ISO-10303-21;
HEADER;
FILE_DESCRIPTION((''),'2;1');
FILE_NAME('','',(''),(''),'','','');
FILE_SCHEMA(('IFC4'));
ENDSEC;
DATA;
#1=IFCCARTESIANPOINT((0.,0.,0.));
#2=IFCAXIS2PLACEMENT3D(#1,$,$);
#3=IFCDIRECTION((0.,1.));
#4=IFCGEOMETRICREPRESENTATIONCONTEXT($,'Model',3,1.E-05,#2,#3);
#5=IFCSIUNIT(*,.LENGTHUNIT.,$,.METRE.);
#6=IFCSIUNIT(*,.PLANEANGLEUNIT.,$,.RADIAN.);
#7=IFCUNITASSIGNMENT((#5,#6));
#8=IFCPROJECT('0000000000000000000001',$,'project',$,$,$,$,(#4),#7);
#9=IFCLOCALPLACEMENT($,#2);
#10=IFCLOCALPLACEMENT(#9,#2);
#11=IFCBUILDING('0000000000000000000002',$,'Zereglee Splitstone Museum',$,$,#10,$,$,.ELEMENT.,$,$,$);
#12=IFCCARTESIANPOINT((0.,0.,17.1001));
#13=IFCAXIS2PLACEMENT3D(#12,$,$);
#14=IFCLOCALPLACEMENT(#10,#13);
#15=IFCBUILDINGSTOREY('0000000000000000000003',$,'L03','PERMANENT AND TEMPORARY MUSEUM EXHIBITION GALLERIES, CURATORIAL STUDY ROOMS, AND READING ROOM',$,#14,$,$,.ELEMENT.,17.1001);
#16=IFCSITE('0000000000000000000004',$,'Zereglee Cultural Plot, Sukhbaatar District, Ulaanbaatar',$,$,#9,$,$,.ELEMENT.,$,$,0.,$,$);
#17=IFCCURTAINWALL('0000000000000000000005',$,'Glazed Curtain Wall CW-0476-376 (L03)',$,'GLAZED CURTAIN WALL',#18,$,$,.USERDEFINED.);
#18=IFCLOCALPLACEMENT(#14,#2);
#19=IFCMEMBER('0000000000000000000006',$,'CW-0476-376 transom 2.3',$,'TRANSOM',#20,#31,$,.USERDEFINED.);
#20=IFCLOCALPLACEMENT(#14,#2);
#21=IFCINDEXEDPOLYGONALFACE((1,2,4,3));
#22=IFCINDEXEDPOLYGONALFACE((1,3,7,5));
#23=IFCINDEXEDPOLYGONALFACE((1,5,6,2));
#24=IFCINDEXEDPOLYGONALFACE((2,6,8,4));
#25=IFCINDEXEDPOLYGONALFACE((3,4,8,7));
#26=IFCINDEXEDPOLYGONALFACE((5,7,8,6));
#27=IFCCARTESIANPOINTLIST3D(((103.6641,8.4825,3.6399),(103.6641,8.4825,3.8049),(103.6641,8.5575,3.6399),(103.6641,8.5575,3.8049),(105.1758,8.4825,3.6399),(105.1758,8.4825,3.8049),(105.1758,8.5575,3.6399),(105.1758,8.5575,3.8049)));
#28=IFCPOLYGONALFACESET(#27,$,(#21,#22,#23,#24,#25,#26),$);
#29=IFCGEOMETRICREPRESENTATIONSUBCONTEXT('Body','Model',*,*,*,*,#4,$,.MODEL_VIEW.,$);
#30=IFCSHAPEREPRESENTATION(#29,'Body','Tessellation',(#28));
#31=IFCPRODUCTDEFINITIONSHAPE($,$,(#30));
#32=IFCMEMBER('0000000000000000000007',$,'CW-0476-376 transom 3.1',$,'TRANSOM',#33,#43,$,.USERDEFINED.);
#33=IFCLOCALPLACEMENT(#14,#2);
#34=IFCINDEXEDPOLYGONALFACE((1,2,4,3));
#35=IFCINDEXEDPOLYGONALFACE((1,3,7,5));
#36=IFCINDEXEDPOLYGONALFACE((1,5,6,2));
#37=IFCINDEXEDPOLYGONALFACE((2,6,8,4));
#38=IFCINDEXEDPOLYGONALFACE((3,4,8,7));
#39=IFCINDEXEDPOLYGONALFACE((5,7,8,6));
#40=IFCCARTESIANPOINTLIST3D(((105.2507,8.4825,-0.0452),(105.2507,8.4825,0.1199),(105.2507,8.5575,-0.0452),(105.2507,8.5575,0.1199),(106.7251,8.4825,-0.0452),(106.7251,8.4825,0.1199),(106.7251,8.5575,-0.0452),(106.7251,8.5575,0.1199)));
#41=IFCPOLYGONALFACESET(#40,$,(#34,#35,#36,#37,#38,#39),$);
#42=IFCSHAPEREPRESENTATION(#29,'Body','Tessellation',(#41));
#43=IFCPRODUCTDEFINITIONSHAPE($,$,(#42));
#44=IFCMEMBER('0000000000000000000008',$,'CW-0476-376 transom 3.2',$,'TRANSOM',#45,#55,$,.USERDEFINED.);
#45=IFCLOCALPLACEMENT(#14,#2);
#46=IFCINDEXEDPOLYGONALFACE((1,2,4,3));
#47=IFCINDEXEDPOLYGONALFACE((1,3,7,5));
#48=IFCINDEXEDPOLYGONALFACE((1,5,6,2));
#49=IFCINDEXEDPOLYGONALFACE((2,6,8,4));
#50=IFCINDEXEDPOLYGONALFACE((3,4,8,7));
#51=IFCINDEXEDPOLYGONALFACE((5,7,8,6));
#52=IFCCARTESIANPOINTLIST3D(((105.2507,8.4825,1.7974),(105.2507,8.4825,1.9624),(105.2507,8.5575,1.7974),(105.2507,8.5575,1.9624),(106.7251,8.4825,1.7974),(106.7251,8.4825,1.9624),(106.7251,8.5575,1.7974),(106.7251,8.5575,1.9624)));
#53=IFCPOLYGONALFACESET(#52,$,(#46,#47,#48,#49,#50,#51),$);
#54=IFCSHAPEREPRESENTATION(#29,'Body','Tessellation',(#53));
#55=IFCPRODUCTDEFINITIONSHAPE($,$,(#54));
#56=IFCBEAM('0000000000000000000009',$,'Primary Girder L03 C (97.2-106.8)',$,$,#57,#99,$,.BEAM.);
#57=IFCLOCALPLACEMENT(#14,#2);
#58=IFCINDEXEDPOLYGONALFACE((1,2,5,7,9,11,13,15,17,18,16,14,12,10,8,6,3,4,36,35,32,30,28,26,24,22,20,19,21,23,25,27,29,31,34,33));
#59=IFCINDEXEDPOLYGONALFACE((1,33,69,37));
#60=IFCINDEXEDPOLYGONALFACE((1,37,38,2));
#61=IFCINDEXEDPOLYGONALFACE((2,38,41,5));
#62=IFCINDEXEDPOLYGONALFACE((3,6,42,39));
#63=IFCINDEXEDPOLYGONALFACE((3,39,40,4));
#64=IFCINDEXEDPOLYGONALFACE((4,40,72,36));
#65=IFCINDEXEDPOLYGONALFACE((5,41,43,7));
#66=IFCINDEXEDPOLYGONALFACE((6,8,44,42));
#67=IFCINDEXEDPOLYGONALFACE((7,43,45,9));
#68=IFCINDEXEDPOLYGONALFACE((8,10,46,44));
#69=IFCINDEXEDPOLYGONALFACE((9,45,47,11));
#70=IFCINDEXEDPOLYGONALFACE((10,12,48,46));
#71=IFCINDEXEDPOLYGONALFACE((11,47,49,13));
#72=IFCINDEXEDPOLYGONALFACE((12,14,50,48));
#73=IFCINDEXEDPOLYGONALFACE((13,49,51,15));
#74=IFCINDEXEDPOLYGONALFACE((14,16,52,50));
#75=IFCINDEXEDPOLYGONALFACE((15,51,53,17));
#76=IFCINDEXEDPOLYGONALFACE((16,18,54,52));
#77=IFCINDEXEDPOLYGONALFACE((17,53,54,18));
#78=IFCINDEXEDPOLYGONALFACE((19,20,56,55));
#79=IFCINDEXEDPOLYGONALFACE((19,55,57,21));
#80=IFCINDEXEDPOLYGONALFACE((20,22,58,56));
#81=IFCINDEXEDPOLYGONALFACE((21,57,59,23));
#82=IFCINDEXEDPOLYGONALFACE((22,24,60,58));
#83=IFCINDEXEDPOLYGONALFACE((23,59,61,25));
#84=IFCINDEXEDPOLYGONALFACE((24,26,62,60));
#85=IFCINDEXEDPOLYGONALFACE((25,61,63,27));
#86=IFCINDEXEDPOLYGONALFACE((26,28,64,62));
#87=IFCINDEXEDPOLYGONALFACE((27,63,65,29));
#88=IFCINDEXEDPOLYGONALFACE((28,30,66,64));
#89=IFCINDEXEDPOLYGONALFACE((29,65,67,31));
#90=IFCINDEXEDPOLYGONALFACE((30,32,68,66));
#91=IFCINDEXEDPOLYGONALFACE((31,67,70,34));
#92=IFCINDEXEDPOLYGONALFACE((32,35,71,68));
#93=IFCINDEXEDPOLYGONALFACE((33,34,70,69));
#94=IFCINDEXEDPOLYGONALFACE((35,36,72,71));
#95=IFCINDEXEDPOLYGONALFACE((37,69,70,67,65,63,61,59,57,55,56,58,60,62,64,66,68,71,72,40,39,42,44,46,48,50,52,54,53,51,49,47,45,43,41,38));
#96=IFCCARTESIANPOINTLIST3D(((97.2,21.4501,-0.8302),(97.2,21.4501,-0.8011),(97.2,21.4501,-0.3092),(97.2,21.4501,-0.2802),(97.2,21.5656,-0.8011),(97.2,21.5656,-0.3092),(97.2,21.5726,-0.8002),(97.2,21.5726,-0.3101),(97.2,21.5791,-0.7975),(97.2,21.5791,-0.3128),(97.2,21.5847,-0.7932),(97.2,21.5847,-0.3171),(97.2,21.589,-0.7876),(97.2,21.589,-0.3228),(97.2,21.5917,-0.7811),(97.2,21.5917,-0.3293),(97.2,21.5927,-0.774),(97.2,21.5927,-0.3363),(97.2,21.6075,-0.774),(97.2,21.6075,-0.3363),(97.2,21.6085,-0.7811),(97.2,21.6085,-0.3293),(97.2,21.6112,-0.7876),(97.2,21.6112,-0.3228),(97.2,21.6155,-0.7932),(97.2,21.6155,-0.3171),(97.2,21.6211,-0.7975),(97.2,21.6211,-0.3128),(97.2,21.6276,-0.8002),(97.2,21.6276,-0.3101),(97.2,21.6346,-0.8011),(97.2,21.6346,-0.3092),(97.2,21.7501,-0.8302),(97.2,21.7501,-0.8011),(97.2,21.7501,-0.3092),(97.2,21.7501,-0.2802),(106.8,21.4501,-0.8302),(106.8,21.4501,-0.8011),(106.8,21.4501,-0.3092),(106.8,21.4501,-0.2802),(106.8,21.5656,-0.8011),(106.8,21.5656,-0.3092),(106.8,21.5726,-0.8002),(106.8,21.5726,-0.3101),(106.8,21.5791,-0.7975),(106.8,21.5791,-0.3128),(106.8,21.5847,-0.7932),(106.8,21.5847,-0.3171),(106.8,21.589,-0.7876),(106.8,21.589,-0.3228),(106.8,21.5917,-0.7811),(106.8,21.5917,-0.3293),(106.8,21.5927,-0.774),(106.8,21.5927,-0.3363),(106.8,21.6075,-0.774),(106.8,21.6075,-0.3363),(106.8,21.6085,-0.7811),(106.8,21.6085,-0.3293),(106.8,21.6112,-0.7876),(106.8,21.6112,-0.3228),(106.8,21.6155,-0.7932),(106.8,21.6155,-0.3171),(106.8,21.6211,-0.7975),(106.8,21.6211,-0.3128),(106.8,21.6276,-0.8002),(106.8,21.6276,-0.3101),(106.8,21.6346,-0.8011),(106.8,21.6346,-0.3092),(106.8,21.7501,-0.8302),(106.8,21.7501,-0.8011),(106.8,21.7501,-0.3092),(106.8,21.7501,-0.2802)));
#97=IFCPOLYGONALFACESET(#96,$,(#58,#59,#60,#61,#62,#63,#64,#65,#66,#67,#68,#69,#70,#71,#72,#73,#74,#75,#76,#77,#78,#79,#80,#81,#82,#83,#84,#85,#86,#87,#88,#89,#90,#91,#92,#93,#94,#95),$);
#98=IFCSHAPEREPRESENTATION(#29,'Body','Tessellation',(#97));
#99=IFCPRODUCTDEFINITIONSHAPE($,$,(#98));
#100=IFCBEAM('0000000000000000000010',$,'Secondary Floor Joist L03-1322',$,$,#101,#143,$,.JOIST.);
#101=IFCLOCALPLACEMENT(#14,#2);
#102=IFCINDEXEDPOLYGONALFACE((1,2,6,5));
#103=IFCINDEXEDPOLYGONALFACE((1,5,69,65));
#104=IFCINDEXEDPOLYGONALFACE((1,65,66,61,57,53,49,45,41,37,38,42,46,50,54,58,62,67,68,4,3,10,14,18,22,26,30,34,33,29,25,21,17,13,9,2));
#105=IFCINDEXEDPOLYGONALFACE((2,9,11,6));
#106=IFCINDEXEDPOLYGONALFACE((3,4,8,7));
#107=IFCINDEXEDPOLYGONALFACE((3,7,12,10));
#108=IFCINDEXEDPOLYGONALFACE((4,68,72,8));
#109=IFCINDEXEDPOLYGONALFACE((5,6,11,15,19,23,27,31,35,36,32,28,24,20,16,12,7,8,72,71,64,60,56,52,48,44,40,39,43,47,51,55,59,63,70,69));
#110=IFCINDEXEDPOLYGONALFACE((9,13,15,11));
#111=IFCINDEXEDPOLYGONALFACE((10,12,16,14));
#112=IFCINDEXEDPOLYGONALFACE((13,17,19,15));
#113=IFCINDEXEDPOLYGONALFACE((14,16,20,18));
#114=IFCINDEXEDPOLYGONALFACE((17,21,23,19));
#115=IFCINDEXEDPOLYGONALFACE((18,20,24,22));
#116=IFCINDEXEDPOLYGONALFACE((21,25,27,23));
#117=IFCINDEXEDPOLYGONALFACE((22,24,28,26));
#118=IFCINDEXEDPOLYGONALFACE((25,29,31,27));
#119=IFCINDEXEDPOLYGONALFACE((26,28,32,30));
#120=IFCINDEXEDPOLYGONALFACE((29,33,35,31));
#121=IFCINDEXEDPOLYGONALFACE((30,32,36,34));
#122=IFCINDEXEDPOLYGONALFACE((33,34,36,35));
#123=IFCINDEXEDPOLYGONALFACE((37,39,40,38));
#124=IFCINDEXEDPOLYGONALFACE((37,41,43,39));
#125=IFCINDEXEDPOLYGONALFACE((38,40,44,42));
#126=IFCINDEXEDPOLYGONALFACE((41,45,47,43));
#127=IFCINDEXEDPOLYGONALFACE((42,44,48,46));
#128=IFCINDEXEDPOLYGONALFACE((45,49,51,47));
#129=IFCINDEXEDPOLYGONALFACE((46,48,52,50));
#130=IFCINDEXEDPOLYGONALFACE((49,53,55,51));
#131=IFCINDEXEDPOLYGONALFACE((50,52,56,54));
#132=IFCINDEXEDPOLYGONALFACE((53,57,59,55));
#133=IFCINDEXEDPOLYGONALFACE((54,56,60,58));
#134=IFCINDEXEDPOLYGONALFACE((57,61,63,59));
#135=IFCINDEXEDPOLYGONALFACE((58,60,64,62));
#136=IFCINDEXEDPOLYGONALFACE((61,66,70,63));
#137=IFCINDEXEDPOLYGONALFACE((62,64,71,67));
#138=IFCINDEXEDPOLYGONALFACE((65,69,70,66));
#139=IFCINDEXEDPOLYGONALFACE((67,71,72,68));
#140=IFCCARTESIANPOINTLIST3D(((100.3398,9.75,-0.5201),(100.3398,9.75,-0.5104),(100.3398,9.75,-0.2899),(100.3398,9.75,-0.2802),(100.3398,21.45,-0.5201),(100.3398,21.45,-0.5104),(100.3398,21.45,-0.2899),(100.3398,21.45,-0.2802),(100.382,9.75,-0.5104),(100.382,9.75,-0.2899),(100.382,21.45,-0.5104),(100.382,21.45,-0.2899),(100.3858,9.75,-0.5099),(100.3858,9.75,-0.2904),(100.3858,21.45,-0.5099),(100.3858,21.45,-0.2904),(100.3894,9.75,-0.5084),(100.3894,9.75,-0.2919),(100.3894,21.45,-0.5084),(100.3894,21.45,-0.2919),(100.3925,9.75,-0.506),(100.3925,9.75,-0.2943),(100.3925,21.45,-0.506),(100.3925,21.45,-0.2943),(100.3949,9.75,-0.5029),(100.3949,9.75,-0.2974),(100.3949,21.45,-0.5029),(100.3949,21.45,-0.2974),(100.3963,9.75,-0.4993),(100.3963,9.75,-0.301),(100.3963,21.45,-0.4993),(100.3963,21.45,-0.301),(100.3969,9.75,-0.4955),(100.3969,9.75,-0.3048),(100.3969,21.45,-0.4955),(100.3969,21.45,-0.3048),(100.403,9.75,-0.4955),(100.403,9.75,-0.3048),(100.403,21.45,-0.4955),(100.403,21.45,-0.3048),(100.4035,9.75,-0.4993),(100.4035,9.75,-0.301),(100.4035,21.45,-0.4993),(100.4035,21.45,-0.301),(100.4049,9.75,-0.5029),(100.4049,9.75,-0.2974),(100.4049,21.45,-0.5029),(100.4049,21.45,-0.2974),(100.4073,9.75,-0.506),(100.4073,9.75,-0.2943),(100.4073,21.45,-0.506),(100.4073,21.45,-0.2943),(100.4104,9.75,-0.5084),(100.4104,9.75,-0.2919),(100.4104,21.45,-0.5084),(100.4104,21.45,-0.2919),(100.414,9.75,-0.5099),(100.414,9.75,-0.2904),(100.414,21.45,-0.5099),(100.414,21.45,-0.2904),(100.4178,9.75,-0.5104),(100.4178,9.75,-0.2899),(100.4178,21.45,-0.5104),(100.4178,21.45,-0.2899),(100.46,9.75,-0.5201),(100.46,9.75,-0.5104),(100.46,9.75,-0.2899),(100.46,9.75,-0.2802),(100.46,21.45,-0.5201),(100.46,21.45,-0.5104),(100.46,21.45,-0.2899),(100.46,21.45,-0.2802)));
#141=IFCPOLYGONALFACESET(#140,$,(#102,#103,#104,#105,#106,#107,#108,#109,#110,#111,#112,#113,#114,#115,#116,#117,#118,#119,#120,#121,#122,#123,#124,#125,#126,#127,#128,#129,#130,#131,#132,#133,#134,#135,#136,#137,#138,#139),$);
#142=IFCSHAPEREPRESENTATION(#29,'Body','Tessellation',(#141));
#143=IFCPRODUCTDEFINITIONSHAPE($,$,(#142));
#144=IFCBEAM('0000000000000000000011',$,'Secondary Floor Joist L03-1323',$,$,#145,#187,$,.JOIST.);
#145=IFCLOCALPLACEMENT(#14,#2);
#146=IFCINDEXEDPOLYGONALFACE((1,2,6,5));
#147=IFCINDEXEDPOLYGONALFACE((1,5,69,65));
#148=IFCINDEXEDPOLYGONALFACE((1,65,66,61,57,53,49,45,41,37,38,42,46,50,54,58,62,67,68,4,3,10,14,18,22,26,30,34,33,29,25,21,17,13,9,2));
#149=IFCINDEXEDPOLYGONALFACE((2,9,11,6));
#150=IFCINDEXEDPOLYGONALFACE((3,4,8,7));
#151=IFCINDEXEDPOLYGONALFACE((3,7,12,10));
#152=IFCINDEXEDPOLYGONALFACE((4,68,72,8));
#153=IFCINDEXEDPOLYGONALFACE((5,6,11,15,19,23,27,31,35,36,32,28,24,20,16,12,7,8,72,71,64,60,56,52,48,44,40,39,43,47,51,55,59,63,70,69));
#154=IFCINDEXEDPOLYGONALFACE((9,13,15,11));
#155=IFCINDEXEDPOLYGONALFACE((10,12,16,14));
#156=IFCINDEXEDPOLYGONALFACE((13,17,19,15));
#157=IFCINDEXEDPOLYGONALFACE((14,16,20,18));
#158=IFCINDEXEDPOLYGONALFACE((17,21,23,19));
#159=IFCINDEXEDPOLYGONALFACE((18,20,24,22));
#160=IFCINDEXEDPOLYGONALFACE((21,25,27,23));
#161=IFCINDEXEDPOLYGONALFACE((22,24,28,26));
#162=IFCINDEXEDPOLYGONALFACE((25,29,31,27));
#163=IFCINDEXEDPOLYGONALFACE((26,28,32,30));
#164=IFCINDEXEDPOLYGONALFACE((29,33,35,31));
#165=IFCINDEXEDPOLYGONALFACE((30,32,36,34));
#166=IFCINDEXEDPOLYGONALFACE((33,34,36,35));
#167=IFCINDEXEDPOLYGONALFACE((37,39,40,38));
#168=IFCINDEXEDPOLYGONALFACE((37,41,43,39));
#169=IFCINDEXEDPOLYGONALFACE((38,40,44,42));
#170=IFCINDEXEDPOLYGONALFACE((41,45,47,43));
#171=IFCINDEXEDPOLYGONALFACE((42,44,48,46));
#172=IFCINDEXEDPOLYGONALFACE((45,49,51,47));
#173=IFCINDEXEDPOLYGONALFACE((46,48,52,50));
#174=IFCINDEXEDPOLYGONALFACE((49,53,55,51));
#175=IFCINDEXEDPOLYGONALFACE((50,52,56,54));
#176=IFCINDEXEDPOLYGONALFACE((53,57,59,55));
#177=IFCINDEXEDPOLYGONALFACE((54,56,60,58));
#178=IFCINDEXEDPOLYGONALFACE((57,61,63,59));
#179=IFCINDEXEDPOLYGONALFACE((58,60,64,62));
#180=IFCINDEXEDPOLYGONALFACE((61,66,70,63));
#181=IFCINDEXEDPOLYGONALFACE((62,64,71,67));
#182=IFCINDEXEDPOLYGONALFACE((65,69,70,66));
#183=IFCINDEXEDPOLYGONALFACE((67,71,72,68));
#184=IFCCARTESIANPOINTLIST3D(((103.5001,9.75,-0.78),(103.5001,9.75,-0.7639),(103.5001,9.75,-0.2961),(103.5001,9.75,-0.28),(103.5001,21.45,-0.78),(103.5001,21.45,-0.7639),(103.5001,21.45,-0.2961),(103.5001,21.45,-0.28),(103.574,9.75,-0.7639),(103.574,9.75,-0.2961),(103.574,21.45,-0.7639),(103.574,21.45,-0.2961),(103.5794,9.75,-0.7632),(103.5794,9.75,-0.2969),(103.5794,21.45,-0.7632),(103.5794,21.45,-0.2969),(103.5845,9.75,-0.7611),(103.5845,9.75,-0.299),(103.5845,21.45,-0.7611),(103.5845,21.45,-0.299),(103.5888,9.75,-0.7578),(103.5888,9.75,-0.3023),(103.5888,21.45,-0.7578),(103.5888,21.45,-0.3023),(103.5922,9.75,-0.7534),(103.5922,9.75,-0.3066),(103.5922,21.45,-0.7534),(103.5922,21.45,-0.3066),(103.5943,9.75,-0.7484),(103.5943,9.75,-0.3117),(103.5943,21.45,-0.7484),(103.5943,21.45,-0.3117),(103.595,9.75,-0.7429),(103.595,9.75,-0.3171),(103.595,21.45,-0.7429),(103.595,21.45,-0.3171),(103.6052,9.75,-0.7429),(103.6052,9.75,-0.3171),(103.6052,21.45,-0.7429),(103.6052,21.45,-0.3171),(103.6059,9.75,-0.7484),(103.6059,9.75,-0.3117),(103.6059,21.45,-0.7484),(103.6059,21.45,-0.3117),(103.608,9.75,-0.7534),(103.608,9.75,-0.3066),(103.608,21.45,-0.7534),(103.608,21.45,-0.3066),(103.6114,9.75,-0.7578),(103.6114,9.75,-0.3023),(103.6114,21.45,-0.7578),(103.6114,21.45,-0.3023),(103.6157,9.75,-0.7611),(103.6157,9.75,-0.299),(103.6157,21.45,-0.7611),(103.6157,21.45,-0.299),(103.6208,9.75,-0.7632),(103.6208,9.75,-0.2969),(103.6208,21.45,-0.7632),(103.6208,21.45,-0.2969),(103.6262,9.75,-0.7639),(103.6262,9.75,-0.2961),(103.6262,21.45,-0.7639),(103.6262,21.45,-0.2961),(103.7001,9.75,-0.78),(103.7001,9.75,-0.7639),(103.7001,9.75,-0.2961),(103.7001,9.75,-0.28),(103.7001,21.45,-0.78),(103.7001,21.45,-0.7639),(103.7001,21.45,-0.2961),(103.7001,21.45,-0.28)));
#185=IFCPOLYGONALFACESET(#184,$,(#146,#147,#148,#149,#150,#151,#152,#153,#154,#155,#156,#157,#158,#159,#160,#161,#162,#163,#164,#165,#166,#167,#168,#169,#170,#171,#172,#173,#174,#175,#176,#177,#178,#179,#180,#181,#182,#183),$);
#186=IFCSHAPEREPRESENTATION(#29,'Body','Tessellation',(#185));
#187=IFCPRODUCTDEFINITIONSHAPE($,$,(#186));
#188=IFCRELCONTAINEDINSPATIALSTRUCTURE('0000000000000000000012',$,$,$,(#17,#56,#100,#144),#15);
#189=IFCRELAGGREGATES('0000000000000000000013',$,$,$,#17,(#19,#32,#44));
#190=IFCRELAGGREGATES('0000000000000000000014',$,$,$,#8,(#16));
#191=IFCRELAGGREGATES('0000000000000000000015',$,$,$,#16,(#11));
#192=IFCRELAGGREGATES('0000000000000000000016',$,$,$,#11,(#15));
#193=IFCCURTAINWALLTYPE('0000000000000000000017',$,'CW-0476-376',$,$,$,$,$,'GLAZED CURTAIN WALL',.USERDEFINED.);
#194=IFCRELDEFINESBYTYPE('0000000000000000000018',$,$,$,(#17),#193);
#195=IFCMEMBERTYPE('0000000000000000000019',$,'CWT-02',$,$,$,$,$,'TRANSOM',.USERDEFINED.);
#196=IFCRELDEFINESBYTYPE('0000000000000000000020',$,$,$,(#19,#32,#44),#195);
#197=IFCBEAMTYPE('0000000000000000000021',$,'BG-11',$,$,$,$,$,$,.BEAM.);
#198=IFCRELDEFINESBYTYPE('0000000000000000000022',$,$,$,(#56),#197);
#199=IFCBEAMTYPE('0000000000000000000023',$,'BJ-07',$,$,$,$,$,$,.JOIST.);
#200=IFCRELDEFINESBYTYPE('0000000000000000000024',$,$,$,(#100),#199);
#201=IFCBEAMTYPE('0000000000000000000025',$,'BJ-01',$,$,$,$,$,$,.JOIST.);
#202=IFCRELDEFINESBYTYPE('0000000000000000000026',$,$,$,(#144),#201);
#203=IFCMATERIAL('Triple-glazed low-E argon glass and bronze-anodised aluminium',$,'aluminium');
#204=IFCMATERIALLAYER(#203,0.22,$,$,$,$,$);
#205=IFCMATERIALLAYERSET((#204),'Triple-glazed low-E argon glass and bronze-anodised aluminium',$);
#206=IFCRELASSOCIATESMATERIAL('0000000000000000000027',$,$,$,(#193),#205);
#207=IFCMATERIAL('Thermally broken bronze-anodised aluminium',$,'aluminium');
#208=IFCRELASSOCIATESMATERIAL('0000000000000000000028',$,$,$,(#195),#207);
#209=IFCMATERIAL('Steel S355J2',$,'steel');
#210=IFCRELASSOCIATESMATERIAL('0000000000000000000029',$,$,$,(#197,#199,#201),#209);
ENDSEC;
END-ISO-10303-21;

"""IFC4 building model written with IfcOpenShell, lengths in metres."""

from ifc_helpers import new_model, si_unit, direction, frame, origin, origin_2d, place, context, subcontext, project, spatial, rectangle, i_section, extrude, material, layer, layer_set, material_profile, profile_set, type_object, element, aggregate, save


model = new_model("IFC4")

# Units and contexts
model_context = context("Model", 3, precision=1e-05, world=origin(), true_north=direction((0.0, 1.0)))
body_context = subcontext(model_context, "Body", "Model", "MODEL_VIEW")
ifc_project = project(units=[si_unit("LENGTHUNIT", "METRE"), si_unit("PLANEANGLEUNIT", "RADIAN")], contexts=[model_context])

# Site, building, storey
site_placement = place(None, origin())
site = spatial("IfcSite", under=ifc_project, at=site_placement, Name="Zereglee Cultural Plot, Sukhbaatar District, Ulaanbaatar", CompositionType="ELEMENT", RefElevation=0.0)
building_placement = place(site_placement, origin())
building = spatial("IfcBuilding", under=site, at=building_placement, Name="Zereglee Splitstone Museum", CompositionType="ELEMENT")
storey_placement = place(building_placement, frame((0.0, 0.0, 17.1001)))
storey = spatial("IfcBuildingStorey", under=building, at=storey_placement, Name="L03", Description="PERMANENT AND TEMPORARY MUSEUM EXHIBITION GALLERIES, CURATORIAL STUDY ROOMS, AND READING ROOM", CompositionType="ELEMENT", Elevation=17.1001)

# Shared definitions
ifc_material_1 = material(Name="Steel S355J2", Category="steel")

# Curtain wall, members
ifc_material_2 = material(Name="Triple-glazed low-E argon glass and bronze-anodised aluminium", Category="aluminium")
ifc_layer_1 = layer(ifc_material_2, 0.22)
ifc_layer_set_1 = layer_set([ifc_layer_1], Name="Triple-glazed low-E argon glass and bronze-anodised aluminium")
curtain_wall_type = type_object("IfcCurtainWallType", Name="CW-0476-376", ElementType="GLAZED CURTAIN WALL", PredefinedType="USERDEFINED", material=ifc_layer_set_1)
curtain_wall_placement = place(storey_placement, origin())
curtain_wall = element("IfcCurtainWall", 1, at=curtain_wall_placement, inside=storey, type_object=curtain_wall_type, Name="Glazed Curtain Wall CW-0476-376 (L03)", ObjectType="GLAZED CURTAIN WALL", PredefinedType="USERDEFINED")
ifc_material_3 = material(Name="Thermally broken bronze-anodised aluminium", Category="aluminium")
ifc_material_profile_1 = material_profile(ifc_material_3, rectangle(XDim=0.075, YDim=0.165, at=origin_2d()), Name="CW TRAN 75x165")
ifc_profile_set_1 = profile_set([ifc_material_profile_1], Name="Thermally broken bronze-anodised aluminium")
member_type_1 = type_object("IfcMemberType", Name="CWT-02", ElementType="TRANSOM", PredefinedType="USERDEFINED", material=ifc_profile_set_1)
member_1_placement = place(storey_placement, frame((103.6641, 8.52, 3.7224), z_axis=(1.0, 0.0, 0.0), x_axis=(0.0, 1.0, 0.0)))
member_1 = element("IfcMember", 2, at=member_1_placement, type_object=member_type_1, Name="CW-0476-376 transom 2.3", ObjectType="TRANSOM", PredefinedType="USERDEFINED", context=body_context, shape_type="SweptSolid", body=[
    extrude(rectangle(XDim=0.075, YDim=0.165, at=origin_2d()), origin(), (0.0, 0.0, 1.0), 1.5117),
])
member_2_placement = place(storey_placement, frame((105.2507, 8.52, 0.0374), z_axis=(1.0, 0.0, 0.0), x_axis=(0.0, 1.0, 0.0)))
member_2 = element("IfcMember", 3, at=member_2_placement, type_object=member_type_1, Name="CW-0476-376 transom 3.1", ObjectType="TRANSOM", PredefinedType="USERDEFINED", context=body_context, shape_type="SweptSolid", body=[
    extrude(rectangle(XDim=0.075, YDim=0.165, at=origin_2d()), origin(), (0.0, 0.0, 1.0), 1.4744),
])
member_3_placement = place(storey_placement, frame((105.2507, 8.52, 1.8799), z_axis=(1.0, 0.0, 0.0), x_axis=(0.0, 1.0, 0.0)))
member_3 = element("IfcMember", 4, at=member_3_placement, type_object=member_type_1, Name="CW-0476-376 transom 3.2", ObjectType="TRANSOM", PredefinedType="USERDEFINED", context=body_context, shape_type="SweptSolid", body=[
    extrude(rectangle(XDim=0.075, YDim=0.165, at=origin_2d()), origin(), (0.0, 0.0, 1.0), 1.4744),
])

# Beams
ifc_material_profile_2 = material_profile(ifc_material_1, i_section(OverallWidth=0.3, OverallDepth=0.55, WebThickness=0.0149, FlangeThickness=0.0291, FilletRadius=0.0271, at=origin_2d()), Name="HE 550 B")
ifc_profile_set_2 = profile_set([ifc_material_profile_2], Name="Steel S355J2")
beam_type_1 = type_object("IfcBeamType", Name="BG-11", PredefinedType="BEAM", material=ifc_profile_set_2)
beam_1_placement = place(storey_placement, frame((97.2, 21.6001, -0.5552), z_axis=(1.0, 0.0, 0.0), x_axis=(0.0, 1.0, 0.0)))
element("IfcBeam", 5, at=beam_1_placement, inside=storey, type_object=beam_type_1, Name="Primary Girder L03 C (97.2-106.8)", PredefinedType="BEAM", context=body_context, shape_type="SweptSolid", body=[
    extrude(i_section(OverallWidth=0.3, OverallDepth=0.55, WebThickness=0.0149, FlangeThickness=0.0291, FilletRadius=0.0271, at=origin_2d()), origin(), (0.0, 0.0, 1.0), 9.6001),
])
ifc_material_profile_3 = material_profile(ifc_material_1, i_section(OverallWidth=0.1201, OverallDepth=0.24, WebThickness=0.0061, FlangeThickness=0.0098, FilletRadius=0.0149, at=origin_2d()), Name="IPE 240")
ifc_profile_set_3 = profile_set([ifc_material_profile_3], Name="Steel S355J2")
beam_type_2 = type_object("IfcBeamType", Name="BJ-07", PredefinedType="JOIST", material=ifc_profile_set_3)
beam_2_placement = place(storey_placement, frame((100.3999, 9.75, -0.4001), z_axis=(0.0, 1.0, 0.0), x_axis=(-1.0, 0.0, 0.0)))
element("IfcBeam", 6, at=beam_2_placement, inside=storey, type_object=beam_type_2, Name="Secondary Floor Joist L03-1322", PredefinedType="JOIST", context=body_context, shape_type="SweptSolid", body=[
    extrude(i_section(OverallWidth=0.1201, OverallDepth=0.24, WebThickness=0.0061, FlangeThickness=0.0098, FilletRadius=0.0149, at=origin_2d()), origin(), (0.0, 0.0, 1.0), 11.7),
])
ifc_material_profile_4 = material_profile(ifc_material_1, i_section(OverallWidth=0.2, OverallDepth=0.5, WebThickness=0.0103, FlangeThickness=0.0161, FilletRadius=0.021, at=origin_2d()), Name="IPE 500")
ifc_profile_set_4 = profile_set([ifc_material_profile_4], Name="Steel S355J2")
beam_type_3 = type_object("IfcBeamType", Name="BJ-01", PredefinedType="JOIST", material=ifc_profile_set_4)
beam_3_placement = place(storey_placement, frame((103.6001, 9.75, -0.53), z_axis=(0.0, 1.0, 0.0), x_axis=(-1.0, 0.0, 0.0)))
element("IfcBeam", 7, at=beam_3_placement, inside=storey, type_object=beam_type_3, Name="Secondary Floor Joist L03-1323", PredefinedType="JOIST", context=body_context, shape_type="SweptSolid", body=[
    extrude(i_section(OverallWidth=0.2, OverallDepth=0.5, WebThickness=0.0103, FlangeThickness=0.0161, FilletRadius=0.021, at=origin_2d()), origin(), (0.0, 0.0, 1.0), 11.7),
])

aggregate(curtain_wall, [member_1, member_2, member_3])

save(model, "model.ifc")
